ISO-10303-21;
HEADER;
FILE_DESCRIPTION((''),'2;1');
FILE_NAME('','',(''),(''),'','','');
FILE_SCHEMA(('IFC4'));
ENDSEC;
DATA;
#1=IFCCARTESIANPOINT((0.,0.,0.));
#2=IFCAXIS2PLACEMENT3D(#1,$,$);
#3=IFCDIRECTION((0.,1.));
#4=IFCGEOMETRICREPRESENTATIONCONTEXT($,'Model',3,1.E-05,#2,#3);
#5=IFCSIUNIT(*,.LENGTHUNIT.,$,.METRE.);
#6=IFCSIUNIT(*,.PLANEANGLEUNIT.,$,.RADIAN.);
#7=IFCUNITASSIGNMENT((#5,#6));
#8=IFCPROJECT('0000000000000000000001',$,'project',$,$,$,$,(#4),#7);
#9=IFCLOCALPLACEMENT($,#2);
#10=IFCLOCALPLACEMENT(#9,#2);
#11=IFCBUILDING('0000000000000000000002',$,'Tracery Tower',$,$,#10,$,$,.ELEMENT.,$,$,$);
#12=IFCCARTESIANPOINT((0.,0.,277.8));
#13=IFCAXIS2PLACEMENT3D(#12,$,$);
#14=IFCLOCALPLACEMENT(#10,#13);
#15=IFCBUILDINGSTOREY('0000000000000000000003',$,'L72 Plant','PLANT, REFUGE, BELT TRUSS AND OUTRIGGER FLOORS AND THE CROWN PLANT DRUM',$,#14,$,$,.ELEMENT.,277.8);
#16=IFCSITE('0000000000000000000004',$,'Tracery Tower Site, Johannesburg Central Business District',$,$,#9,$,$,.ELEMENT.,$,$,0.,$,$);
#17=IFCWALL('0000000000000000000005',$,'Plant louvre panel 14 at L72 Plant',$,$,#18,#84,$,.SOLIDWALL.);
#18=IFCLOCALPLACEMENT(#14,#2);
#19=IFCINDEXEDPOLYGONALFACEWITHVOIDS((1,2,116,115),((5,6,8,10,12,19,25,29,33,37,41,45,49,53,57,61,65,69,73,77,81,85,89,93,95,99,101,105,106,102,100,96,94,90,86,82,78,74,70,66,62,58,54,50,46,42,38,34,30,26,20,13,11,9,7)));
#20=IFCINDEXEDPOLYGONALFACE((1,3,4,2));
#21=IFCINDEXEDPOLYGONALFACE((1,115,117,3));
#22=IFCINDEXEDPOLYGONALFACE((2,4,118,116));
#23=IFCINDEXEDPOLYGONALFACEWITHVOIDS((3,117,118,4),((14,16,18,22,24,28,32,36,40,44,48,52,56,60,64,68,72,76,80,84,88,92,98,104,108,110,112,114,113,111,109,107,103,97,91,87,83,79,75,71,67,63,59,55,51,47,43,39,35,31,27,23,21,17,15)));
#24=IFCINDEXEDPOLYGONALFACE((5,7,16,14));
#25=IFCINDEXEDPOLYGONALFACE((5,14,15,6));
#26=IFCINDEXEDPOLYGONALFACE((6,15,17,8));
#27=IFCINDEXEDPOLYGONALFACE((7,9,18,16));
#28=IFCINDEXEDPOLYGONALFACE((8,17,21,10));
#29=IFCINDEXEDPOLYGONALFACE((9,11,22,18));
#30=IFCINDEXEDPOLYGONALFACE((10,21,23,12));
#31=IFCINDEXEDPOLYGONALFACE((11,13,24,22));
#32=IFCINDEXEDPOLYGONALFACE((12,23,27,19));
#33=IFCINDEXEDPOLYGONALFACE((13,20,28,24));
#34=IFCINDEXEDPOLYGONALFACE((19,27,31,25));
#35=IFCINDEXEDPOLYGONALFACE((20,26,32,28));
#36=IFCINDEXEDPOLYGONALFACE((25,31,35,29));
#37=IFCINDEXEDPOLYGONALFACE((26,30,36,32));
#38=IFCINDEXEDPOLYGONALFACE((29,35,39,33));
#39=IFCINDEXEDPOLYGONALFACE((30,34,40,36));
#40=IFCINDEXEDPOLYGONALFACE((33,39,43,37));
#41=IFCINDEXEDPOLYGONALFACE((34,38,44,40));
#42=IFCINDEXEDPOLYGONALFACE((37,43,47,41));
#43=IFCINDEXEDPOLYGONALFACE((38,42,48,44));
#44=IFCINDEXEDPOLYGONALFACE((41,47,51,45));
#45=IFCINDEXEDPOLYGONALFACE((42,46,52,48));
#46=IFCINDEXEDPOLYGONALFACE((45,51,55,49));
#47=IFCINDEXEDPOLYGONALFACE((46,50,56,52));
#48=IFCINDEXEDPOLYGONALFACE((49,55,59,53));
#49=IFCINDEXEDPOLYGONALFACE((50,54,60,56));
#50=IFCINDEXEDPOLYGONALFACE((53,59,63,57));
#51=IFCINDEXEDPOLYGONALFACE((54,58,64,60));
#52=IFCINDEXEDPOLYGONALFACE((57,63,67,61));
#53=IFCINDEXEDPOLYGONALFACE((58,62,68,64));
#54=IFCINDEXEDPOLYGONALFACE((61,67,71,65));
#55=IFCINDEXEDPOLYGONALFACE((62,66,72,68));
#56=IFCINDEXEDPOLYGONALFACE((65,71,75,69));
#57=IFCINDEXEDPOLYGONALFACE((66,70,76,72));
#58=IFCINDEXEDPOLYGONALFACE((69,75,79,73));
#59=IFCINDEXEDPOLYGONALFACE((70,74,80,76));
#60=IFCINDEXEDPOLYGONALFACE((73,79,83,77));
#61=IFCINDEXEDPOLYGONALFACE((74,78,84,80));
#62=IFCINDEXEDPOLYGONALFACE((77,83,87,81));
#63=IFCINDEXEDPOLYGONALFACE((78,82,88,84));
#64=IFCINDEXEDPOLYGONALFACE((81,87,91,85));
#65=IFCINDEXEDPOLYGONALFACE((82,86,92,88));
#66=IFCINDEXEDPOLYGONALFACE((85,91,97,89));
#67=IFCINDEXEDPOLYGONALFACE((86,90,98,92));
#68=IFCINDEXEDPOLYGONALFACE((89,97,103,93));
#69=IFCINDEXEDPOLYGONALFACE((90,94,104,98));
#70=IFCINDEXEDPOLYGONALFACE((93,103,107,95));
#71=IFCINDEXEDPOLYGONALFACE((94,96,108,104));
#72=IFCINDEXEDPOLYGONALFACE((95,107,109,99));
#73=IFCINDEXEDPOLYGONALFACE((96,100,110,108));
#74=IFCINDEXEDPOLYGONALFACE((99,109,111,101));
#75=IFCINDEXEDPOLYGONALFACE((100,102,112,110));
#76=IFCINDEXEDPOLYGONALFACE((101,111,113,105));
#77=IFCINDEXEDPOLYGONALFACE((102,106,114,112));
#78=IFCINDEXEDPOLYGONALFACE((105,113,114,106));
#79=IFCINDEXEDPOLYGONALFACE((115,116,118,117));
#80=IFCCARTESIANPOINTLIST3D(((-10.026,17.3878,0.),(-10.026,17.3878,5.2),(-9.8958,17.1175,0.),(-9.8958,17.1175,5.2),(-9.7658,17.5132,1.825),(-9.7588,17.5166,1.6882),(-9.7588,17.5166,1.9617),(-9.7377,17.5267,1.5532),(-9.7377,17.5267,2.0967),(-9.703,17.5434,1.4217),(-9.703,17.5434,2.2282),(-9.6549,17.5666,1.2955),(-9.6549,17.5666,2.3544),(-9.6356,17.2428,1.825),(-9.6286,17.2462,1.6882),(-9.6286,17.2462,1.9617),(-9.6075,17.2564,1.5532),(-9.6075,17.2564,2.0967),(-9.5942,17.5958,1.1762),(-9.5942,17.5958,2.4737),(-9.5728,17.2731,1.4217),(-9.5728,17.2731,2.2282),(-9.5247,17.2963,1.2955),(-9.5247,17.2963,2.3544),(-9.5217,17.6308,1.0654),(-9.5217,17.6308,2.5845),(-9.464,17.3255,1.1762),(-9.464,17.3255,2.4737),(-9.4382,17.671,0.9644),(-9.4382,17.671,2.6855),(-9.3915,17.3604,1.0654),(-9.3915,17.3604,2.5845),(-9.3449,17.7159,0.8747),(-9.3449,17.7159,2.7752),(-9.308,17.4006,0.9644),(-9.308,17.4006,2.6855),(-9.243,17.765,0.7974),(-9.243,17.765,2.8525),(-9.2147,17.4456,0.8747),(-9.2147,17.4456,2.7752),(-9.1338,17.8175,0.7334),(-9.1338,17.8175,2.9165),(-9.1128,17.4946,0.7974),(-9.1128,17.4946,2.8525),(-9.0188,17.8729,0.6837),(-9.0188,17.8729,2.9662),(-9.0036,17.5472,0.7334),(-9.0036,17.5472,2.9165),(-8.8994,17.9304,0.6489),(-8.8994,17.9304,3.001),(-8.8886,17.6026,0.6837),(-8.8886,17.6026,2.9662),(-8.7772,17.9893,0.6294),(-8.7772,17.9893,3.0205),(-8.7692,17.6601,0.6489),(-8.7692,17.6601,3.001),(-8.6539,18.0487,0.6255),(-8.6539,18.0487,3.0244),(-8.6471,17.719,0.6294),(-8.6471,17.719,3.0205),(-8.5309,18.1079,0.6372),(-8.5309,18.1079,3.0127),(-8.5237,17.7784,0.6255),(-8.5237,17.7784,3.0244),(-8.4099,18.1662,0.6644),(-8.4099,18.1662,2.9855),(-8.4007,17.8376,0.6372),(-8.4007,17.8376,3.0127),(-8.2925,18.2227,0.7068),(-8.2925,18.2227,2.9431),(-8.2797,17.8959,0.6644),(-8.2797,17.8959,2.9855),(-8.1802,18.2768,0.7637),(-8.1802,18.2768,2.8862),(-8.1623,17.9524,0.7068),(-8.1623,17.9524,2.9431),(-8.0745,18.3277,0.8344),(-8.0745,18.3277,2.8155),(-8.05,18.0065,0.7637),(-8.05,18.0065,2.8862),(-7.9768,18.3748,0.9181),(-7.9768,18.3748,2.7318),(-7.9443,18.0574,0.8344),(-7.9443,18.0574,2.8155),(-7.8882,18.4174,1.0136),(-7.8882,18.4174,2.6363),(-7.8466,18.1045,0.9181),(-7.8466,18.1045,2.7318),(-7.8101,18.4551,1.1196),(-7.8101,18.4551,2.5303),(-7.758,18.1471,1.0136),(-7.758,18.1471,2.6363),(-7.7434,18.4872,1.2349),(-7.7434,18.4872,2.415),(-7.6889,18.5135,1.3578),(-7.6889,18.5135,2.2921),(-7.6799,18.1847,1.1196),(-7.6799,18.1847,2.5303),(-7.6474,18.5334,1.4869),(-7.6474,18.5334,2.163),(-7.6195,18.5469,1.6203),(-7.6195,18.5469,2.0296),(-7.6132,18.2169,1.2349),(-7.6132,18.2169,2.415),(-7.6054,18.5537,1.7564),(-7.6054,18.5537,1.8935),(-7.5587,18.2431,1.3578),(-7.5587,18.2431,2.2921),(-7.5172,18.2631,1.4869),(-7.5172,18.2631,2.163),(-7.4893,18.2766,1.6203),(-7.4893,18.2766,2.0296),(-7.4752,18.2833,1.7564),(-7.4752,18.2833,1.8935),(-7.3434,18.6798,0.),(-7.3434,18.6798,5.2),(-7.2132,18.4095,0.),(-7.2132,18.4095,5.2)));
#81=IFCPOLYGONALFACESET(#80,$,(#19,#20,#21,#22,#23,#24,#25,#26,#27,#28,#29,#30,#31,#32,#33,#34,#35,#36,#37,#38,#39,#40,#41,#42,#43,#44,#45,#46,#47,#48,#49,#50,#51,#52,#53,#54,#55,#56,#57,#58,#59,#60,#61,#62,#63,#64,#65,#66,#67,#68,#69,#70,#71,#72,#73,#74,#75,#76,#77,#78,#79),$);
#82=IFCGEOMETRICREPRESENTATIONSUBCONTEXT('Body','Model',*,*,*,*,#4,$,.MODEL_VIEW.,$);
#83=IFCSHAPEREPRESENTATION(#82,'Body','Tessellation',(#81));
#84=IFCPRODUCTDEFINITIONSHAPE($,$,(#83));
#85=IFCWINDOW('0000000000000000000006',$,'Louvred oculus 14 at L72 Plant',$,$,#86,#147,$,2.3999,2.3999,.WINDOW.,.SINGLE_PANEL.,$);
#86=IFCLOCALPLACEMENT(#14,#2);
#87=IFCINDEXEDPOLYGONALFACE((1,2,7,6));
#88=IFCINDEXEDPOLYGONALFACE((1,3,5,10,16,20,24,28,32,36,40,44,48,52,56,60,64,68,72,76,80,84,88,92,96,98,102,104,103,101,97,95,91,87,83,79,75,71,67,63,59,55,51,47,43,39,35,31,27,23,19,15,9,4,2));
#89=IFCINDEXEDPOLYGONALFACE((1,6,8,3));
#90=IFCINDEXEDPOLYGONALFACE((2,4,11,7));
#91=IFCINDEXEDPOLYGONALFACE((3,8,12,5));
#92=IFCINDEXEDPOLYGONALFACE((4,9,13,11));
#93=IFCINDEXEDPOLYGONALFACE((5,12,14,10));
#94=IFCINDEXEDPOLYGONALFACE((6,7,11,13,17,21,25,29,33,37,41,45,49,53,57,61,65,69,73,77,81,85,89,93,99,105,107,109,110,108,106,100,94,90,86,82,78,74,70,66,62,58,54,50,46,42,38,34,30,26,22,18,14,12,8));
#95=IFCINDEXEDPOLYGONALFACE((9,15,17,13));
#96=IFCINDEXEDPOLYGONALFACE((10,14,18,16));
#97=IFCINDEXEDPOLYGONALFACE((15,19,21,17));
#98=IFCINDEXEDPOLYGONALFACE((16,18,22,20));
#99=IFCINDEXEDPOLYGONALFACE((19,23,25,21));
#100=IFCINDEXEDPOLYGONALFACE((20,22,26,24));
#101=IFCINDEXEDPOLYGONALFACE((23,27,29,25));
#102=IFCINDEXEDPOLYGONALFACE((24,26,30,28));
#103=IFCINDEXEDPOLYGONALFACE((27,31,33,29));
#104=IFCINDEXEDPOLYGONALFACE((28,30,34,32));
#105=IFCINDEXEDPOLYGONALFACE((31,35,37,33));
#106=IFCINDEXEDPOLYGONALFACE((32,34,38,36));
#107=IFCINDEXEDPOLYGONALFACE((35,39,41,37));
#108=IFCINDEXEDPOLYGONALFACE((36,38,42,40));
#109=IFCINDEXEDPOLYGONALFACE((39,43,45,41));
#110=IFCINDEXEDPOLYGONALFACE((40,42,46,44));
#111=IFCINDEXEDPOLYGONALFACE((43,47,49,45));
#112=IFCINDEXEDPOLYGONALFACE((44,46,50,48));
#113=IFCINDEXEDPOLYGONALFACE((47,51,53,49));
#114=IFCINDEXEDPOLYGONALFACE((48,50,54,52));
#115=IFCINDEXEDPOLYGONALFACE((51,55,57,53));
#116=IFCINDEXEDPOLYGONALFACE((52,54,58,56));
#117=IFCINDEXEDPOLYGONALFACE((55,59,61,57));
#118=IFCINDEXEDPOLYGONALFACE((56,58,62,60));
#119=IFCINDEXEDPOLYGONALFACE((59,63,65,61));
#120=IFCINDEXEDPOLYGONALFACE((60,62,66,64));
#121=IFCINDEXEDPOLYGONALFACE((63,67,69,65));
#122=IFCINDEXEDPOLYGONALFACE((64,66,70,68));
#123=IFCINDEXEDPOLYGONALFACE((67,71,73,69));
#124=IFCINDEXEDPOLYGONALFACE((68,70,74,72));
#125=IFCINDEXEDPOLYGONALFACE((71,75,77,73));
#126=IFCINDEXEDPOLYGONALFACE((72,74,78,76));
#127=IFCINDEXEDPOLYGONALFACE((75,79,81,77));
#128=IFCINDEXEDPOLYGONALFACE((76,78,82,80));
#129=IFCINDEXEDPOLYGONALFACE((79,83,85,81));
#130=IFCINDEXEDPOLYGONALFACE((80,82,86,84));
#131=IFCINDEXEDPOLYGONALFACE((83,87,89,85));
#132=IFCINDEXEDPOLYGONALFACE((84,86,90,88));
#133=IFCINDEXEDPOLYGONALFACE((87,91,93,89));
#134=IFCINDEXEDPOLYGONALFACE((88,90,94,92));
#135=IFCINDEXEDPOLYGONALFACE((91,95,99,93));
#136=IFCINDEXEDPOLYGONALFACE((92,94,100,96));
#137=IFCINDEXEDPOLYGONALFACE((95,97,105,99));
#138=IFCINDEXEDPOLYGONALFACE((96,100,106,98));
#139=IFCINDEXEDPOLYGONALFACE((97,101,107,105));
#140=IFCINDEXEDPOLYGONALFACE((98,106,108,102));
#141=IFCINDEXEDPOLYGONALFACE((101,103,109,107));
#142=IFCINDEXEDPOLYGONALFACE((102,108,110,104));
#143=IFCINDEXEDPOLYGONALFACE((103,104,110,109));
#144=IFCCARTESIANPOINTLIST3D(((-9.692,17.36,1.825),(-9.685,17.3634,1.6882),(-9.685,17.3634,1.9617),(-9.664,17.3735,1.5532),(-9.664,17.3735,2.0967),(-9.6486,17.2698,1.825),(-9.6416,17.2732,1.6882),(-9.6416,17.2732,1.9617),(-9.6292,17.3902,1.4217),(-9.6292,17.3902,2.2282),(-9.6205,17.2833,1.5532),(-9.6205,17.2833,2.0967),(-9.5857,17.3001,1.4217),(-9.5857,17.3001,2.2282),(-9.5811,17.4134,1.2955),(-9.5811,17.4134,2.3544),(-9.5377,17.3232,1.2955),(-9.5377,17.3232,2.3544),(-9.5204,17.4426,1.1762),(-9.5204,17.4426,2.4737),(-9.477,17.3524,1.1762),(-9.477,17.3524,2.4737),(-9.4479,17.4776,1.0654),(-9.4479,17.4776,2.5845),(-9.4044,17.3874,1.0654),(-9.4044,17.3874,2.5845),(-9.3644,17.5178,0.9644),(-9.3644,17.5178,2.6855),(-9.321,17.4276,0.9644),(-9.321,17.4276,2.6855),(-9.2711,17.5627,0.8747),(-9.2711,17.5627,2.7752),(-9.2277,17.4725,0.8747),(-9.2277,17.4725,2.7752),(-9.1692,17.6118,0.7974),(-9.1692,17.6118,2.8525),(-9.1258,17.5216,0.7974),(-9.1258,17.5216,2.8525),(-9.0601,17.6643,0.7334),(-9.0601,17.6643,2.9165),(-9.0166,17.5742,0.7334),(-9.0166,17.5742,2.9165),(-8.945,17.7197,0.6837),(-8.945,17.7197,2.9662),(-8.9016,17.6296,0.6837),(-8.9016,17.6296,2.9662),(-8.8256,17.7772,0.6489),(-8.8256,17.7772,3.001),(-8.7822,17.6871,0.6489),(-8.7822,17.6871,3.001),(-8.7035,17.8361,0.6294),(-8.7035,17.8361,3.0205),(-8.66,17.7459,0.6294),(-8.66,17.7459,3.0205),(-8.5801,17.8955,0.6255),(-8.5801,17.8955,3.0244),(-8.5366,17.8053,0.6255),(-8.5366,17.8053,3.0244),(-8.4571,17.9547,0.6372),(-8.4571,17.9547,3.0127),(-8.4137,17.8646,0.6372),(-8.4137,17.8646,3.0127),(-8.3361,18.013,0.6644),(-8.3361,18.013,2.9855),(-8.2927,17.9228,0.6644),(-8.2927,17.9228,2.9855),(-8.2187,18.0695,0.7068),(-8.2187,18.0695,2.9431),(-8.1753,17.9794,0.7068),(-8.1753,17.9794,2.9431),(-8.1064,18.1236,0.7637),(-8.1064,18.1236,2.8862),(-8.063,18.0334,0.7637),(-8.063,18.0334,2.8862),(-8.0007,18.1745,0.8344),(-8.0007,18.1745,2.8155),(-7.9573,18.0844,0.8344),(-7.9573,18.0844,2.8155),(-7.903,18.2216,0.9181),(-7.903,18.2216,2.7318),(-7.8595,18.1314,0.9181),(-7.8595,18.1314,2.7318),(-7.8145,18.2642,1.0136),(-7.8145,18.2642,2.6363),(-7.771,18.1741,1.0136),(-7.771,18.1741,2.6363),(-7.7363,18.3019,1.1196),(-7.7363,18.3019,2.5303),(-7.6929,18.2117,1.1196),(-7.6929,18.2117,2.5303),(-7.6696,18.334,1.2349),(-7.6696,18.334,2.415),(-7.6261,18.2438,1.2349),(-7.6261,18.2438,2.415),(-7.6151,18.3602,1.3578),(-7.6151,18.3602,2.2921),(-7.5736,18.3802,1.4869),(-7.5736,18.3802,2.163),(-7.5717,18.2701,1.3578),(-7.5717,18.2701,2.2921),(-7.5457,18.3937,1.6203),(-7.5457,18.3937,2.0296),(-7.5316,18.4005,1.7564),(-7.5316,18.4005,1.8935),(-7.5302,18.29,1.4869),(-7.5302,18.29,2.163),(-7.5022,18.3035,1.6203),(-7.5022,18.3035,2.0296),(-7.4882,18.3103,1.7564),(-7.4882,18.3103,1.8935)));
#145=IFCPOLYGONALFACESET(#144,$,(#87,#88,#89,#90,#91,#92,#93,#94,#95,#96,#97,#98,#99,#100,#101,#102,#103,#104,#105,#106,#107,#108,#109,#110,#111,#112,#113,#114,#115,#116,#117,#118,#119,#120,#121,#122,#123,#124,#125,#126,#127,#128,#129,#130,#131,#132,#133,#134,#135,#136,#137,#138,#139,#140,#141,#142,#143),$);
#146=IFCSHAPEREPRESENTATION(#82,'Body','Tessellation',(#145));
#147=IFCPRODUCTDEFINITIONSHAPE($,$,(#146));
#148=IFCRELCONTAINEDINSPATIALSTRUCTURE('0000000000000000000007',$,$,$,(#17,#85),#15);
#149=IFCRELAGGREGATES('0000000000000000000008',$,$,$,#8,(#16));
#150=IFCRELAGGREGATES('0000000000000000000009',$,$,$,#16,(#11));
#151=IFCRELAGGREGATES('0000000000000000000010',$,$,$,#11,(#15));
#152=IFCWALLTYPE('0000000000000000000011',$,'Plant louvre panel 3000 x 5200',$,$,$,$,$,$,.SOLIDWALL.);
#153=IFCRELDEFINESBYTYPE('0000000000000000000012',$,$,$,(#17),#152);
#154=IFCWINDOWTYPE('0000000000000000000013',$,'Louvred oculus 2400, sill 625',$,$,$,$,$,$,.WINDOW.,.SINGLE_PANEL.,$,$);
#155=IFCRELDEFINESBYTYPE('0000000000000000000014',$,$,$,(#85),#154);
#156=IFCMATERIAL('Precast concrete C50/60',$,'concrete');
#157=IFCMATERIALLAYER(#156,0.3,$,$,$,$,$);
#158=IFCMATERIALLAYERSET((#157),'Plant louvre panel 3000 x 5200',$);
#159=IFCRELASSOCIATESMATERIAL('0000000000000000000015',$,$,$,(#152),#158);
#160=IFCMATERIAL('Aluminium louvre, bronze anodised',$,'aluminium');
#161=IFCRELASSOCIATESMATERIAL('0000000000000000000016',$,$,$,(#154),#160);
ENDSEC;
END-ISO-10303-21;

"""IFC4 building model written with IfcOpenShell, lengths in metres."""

from ifc_helpers import new_model, si_unit, direction, frame, frame_2d, origin, origin_2d, place, context, subcontext, project, spatial, rectangle, circle, extrude, material, layer, layer_set, type_object, element, fill, save


model = new_model("IFC4")

# Units and contexts
model_context = context("Model", 3, precision=1e-05, world=origin(), true_north=direction((0.0, 1.0)))
body_context = subcontext(model_context, "Body", "Model", "MODEL_VIEW")
ifc_project = project(units=[si_unit("LENGTHUNIT", "METRE"), si_unit("PLANEANGLEUNIT", "RADIAN")], contexts=[model_context])

# Site, building, storey
site_placement = place(None, origin())
site = spatial("IfcSite", under=ifc_project, at=site_placement, Name="Tracery Tower Site, Johannesburg Central Business District", CompositionType="ELEMENT", RefElevation=0.0)
building_placement = place(site_placement, origin())
building = spatial("IfcBuilding", under=site, at=building_placement, Name="Tracery Tower", CompositionType="ELEMENT")
storey_placement = place(building_placement, frame((0.0, 0.0, 277.8)))
storey = spatial("IfcBuildingStorey", under=building, at=storey_placement, Name="L72 Plant", Description="PLANT, REFUGE, BELT TRUSS AND OUTRIGGER FLOORS AND THE CROWN PLANT DRUM", CompositionType="ELEMENT", Elevation=277.8)

# Wall, opening, window
ifc_material_1 = material(Name="Precast concrete C50/60", Category="concrete")
ifc_layer_1 = layer(ifc_material_1, 0.3)
ifc_layer_set_1 = layer_set([ifc_layer_1], Name="Plant louvre panel 3000 x 5200")
wall_type_1 = type_object("IfcWallType", Name="Plant louvre panel 3000 x 5200", PredefinedType="SOLIDWALL", material=ifc_layer_set_1)
wall_1_placement = place(storey_placement, frame((-7.2783, 18.5447, 0.0), z_axis=(0.0, 0.0, 1.0), x_axis=(-0.900954, -0.433914, 0.0)))
wall_1 = element("IfcWall", 1, at=wall_1_placement, inside=storey, type_object=wall_type_1, Name="Plant louvre panel 14 at L72 Plant", PredefinedType="SOLIDWALL", context=body_context, shape_type="SweptSolid", body=[
    extrude(rectangle(XDim=2.9775, YDim=0.3, at=frame_2d((1.4888, 0.0))), origin(), (0.0, 0.0, 1.0), 5.2),
])
opening_1_placement = place(wall_1_placement, frame((1.4888, 0.0, 1.825)))
opening_1 = element("IfcOpeningElement", 2, at=opening_1_placement, cuts=wall_1, PredefinedType="OPENING", context=body_context, shape_type="SweptSolid", body=[
    extrude(circle(Radius=1.2, at=origin_2d()), frame((0.0, 0.1599, 0.0), z_axis=(0.0, -1.0, 0.0), x_axis=(1.0, 0.0, 0.0)), (0.0, 0.0, 1.0), 0.3201),
])
ifc_material_2 = material(Name="Aluminium louvre, bronze anodised", Category="aluminium")
window_type = type_object("IfcWindowType", Name="Louvred oculus 2400, sill 625", PartitioningType="SINGLE_PANEL", PredefinedType="WINDOW", material=ifc_material_2)
window_1_placement = place(opening_1_placement, origin())
window_1 = element("IfcWindow", 3, at=window_1_placement, inside=storey, type_object=window_type, Name="Louvred oculus 14 at L72 Plant", OverallHeight=2.3999, OverallWidth=2.3999, PartitioningType="SINGLE_PANEL", PredefinedType="WINDOW", context=body_context, shape_type="SweptSolid", body=[
    extrude(circle(Radius=1.2, at=origin_2d()), frame((0.0, 0.1201, 0.0), z_axis=(0.0, -1.0, 0.0), x_axis=(1.0, 0.0, 0.0)), (0.0, 0.0, 1.0), 0.1001),
])
fill(opening_1, window_1)

save(model, "model.ifc")
